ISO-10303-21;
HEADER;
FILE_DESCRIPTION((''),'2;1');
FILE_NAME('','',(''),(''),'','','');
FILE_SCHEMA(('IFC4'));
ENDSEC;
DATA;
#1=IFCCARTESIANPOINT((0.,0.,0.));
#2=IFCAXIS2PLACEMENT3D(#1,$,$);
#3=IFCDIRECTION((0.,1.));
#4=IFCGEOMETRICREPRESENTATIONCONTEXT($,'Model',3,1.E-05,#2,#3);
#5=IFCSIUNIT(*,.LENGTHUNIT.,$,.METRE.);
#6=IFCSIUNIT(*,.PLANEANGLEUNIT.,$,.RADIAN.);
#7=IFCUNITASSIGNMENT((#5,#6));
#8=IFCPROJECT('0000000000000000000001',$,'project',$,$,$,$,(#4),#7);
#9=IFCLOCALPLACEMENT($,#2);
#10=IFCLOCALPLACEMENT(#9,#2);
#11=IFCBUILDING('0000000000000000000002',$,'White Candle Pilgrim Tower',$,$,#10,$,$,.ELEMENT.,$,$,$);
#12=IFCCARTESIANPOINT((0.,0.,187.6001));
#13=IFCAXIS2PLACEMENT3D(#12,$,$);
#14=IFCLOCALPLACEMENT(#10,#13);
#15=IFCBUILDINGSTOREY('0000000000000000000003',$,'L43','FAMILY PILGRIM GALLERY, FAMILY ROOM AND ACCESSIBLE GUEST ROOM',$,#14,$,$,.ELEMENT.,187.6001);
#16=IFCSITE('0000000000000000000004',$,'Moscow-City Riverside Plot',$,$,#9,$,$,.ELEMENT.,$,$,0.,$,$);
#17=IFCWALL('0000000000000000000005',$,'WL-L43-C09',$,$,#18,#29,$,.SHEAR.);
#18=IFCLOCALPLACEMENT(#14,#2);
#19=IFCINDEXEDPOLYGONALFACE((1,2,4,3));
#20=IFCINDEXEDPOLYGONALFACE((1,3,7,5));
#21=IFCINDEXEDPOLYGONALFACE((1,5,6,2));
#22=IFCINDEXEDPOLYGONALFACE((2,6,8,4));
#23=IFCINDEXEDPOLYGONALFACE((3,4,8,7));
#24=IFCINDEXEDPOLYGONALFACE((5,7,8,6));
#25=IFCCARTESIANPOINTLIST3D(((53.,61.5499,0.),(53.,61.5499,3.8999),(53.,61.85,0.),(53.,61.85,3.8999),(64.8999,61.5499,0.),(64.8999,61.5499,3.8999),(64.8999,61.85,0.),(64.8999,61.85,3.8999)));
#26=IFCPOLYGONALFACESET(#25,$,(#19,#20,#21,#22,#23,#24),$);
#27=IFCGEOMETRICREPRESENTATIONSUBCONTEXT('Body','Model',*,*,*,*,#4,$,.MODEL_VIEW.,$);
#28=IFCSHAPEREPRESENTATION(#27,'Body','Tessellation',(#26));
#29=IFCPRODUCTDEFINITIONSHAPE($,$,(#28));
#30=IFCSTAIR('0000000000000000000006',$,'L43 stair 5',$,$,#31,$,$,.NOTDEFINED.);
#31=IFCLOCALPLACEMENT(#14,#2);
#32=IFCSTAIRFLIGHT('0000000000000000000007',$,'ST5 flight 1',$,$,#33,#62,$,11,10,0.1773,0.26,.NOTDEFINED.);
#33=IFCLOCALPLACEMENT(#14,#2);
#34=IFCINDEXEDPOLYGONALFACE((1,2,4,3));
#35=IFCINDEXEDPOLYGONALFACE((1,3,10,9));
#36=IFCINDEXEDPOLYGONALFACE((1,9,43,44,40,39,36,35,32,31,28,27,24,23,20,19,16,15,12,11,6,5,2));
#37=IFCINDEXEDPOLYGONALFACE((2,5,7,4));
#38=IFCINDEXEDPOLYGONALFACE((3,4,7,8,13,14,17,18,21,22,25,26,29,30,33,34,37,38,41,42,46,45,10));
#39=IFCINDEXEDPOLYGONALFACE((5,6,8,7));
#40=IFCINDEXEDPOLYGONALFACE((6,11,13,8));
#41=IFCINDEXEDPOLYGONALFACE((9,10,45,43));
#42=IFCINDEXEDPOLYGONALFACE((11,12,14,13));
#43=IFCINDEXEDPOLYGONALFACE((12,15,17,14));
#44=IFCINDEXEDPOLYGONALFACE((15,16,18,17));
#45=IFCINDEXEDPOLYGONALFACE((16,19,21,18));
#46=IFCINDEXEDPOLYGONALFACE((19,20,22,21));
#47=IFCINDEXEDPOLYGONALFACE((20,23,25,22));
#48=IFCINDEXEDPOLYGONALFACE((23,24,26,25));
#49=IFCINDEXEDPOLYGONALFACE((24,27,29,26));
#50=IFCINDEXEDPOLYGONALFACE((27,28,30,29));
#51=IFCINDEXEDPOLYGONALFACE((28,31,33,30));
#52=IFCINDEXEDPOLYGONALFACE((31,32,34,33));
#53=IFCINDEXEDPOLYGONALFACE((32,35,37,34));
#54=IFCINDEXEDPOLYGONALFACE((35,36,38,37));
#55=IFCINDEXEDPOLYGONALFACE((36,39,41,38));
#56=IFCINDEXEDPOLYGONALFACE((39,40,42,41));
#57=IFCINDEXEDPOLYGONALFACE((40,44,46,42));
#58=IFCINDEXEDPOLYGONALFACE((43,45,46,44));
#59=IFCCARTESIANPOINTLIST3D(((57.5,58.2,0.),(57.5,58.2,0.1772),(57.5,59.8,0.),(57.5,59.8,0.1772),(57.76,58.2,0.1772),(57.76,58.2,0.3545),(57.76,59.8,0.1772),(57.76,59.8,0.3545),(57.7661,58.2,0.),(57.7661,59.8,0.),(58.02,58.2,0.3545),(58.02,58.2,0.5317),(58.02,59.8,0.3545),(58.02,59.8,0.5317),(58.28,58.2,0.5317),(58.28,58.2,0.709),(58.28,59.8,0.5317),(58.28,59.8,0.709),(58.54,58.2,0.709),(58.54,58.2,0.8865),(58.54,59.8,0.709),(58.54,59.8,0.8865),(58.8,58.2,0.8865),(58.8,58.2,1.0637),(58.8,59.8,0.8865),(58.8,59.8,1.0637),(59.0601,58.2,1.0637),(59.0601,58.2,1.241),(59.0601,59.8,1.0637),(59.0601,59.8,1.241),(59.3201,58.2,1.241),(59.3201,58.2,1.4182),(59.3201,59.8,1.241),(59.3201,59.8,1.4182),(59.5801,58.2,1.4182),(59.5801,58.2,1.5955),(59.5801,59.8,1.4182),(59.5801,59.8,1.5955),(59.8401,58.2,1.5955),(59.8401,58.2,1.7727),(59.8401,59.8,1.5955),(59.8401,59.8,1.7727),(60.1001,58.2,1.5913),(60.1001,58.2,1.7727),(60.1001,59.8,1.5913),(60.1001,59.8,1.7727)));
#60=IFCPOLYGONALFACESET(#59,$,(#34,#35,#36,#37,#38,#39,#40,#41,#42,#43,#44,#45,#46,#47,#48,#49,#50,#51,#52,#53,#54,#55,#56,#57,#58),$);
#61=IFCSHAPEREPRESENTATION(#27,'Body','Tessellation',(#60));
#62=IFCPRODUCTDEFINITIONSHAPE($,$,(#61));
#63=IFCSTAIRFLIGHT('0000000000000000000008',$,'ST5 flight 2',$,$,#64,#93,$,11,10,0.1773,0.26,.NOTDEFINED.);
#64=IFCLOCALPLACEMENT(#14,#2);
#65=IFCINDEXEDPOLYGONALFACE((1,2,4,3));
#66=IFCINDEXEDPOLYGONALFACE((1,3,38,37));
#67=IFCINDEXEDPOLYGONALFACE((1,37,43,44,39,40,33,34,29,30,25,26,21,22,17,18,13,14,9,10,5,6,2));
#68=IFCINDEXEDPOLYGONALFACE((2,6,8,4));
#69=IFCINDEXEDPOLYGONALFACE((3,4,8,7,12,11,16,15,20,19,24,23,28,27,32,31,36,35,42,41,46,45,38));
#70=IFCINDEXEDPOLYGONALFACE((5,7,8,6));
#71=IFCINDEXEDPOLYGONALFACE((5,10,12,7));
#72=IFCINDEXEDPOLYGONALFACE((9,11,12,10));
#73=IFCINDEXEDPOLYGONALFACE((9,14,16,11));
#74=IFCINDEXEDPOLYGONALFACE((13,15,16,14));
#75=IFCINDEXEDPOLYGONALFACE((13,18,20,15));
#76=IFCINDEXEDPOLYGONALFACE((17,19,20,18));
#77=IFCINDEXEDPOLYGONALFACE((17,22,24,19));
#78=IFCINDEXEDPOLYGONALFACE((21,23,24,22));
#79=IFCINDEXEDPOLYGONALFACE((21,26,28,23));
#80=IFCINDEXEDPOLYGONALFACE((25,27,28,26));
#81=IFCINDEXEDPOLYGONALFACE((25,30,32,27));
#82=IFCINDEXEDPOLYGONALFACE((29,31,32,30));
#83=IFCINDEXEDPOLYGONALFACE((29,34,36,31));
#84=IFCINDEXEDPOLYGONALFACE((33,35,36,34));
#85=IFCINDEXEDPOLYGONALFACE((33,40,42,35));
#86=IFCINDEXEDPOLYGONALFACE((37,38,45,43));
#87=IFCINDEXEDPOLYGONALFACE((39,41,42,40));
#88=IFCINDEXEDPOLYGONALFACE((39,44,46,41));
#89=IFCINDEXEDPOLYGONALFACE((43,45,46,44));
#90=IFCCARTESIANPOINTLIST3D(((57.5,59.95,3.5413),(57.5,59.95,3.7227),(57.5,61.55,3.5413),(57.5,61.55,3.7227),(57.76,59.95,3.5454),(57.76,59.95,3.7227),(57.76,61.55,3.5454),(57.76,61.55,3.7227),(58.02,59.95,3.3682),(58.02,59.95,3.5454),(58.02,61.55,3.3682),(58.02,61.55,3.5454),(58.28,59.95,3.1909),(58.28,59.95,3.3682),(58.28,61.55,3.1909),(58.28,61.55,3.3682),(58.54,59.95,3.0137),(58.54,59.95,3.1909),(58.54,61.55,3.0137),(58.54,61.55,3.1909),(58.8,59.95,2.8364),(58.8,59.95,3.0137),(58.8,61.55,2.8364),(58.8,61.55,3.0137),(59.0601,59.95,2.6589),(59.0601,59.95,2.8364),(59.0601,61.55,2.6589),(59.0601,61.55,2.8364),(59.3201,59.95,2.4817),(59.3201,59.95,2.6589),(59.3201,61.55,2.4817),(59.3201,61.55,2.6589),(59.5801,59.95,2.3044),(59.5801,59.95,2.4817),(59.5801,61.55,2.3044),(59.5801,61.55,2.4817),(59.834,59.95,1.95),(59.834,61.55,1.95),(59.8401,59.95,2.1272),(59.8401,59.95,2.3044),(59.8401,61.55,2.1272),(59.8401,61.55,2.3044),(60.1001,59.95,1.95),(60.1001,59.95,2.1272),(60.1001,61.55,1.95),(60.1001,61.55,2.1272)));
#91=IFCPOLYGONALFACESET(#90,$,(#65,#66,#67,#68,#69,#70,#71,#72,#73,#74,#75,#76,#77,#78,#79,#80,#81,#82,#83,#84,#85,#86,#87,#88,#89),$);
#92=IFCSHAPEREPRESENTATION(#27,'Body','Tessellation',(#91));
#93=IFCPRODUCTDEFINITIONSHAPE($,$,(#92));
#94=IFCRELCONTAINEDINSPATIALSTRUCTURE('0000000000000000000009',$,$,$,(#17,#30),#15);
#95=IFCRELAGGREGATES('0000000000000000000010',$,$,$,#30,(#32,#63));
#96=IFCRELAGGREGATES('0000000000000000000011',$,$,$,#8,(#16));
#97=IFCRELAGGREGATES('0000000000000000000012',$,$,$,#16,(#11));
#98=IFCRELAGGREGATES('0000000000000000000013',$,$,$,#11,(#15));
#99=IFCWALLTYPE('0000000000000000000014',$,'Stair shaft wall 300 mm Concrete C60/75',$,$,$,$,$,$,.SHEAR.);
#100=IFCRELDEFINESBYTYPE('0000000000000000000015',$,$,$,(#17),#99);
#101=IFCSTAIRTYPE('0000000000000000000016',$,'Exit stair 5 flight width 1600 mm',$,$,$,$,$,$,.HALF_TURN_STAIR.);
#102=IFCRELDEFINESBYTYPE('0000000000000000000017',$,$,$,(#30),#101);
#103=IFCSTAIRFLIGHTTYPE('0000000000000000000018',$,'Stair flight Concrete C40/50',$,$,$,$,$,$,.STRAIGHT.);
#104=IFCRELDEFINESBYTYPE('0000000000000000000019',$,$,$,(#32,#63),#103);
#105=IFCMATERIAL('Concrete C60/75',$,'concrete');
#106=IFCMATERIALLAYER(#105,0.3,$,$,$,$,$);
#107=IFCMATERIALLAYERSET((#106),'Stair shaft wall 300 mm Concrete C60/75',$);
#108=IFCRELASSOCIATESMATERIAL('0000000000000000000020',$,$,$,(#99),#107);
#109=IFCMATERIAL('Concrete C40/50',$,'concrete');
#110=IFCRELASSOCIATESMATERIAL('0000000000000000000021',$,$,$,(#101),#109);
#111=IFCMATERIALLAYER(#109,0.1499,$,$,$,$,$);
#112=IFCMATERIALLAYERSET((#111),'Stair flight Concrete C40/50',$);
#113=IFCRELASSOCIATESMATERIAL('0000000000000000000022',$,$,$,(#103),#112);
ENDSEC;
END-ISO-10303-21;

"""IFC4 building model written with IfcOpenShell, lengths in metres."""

from ifc_helpers import new_model, si_unit, direction, frame, frame_2d, origin, place, context, subcontext, project, spatial, polyline, rectangle, outline, extrude, material, layer, layer_set, type_object, element, aggregate, save


model = new_model("IFC4")

# Units and contexts
model_context = context("Model", 3, precision=1e-05, world=origin(), true_north=direction((0.0, 1.0)))
body_context = subcontext(model_context, "Body", "Model", "MODEL_VIEW")
ifc_project = project(units=[si_unit("LENGTHUNIT", "METRE"), si_unit("PLANEANGLEUNIT", "RADIAN")], contexts=[model_context])

# Site, building, storey
site_placement = place(None, origin())
site = spatial("IfcSite", under=ifc_project, at=site_placement, Name="Moscow-City Riverside Plot", CompositionType="ELEMENT", RefElevation=0.0)
building_placement = place(site_placement, origin())
building = spatial("IfcBuilding", under=site, at=building_placement, Name="White Candle Pilgrim Tower", CompositionType="ELEMENT")
storey_placement = place(building_placement, frame((0.0, 0.0, 187.6001)))
storey = spatial("IfcBuildingStorey", under=building, at=storey_placement, Name="L43", Description="FAMILY PILGRIM GALLERY, FAMILY ROOM AND ACCESSIBLE GUEST ROOM", CompositionType="ELEMENT", Elevation=187.6001)

# Shared definitions
ifc_material_1 = material(Name="Concrete C60/75", Category="concrete")

# Shared definitions
ifc_layer_1 = layer(ifc_material_1, 0.3)
ifc_layer_set_1 = layer_set([ifc_layer_1], Name="Stair shaft wall 300 mm Concrete C60/75")
wall_type_1 = type_object("IfcWallType", Name="Stair shaft wall 300 mm Concrete C60/75", PredefinedType="SHEAR", material=ifc_layer_set_1)

# Wall
wall_1_placement = place(storey_placement, frame((53.0, 61.7, 0.0), z_axis=(0.0, 0.0, 1.0), x_axis=(1.0, 0.0, 0.0)))
element("IfcWall", 1, at=wall_1_placement, inside=storey, type_object=wall_type_1, Name="WL-L43-C09", PredefinedType="SHEAR", context=body_context, shape_type="SweptSolid", body=[
    extrude(rectangle(XDim=11.8999, YDim=0.3, at=frame_2d((5.95, 0.0))), origin(), (0.0, 0.0, 1.0), 3.8999),
])

# Stair, stair flights
ifc_material_2 = material(Name="Concrete C40/50", Category="concrete")
stair_type = type_object("IfcStairType", Name="Exit stair 5 flight width 1600 mm", PredefinedType="HALF_TURN_STAIR", material=ifc_material_2)
stair_placement = place(storey_placement, origin())
stair = element("IfcStair", 2, at=stair_placement, inside=storey, type_object=stair_type, Name="L43 stair 5", PredefinedType="NOTDEFINED")
ifc_layer_2 = layer(ifc_material_2, 0.1499)
ifc_layer_set_2 = layer_set([ifc_layer_2], Name="Stair flight Concrete C40/50")
stair_flight_type = type_object("IfcStairFlightType", Name="Stair flight Concrete C40/50", PredefinedType="STRAIGHT", material=ifc_layer_set_2)
stair_flight_1_placement = place(storey_placement, frame((57.5, 59.0, 0.0), z_axis=(0.0, 0.0, 1.0), x_axis=(1.0, 0.0, 0.0)))
stair_flight_1 = element("IfcStairFlight", 3, at=stair_flight_1_placement, type_object=stair_flight_type, Name="ST5 flight 1", NumberOfRisers=11, NumberOfTreads=10, PredefinedType="NOTDEFINED", RiserHeight=0.1773, TreadLength=0.26, context=body_context, shape_type="SweptSolid", body=[
    extrude(outline(polyline([(0.0, 0.0), (0.0, 0.1772), (0.26, 0.1772), (0.26, 0.3545), (0.52, 0.3545), (0.52, 0.5317), (0.78, 0.5317), (0.78, 0.709), (1.04, 0.709), (1.04, 0.8865), (1.3, 0.8865), (1.3, 1.0637), (1.5601, 1.0637), (1.5601, 1.241), (1.8201, 1.241), (1.8201, 1.4182), (2.0801, 1.4182), (2.0801, 1.5955), (2.3401, 1.5955), (2.3401, 1.7727), (2.6001, 1.7727), (2.6001, 1.95), (2.6001, 1.5913), (0.2661, 0.0), (0.0, 0.0)])), frame((0.0, 0.8, 0.0), z_axis=(0.0, -1.0, 0.0), x_axis=(1.0, 0.0, 0.0)), (0.0, 0.0, 1.0), 1.6001),
])
stair_flight_2_placement = place(storey_placement, frame((60.1001, 60.75, 1.95), z_axis=(0.0, 0.0, 1.0), x_axis=(-1.0, 0.0, 0.0)))
stair_flight_2 = element("IfcStairFlight", 4, at=stair_flight_2_placement, type_object=stair_flight_type, Name="ST5 flight 2", NumberOfRisers=11, NumberOfTreads=10, PredefinedType="NOTDEFINED", RiserHeight=0.1773, TreadLength=0.26, context=body_context, shape_type="SweptSolid", body=[
    extrude(outline(polyline([(0.0, 0.0), (0.0, 0.1772), (0.26, 0.1772), (0.26, 0.3545), (0.52, 0.3545), (0.52, 0.5317), (0.78, 0.5317), (0.78, 0.709), (1.04, 0.709), (1.04, 0.8865), (1.3, 0.8865), (1.3, 1.0637), (1.5601, 1.0637), (1.5601, 1.241), (1.8201, 1.241), (1.8201, 1.4182), (2.0801, 1.4182), (2.0801, 1.5955), (2.3401, 1.5955), (2.3401, 1.7727), (2.6001, 1.7727), (2.6001, 1.95), (2.6001, 1.5913), (0.2661, 0.0), (0.0, 0.0)])), frame((0.0, 0.8, 0.0), z_axis=(0.0, -1.0, 0.0), x_axis=(1.0, 0.0, 0.0)), (0.0, 0.0, 1.0), 1.6001),
])
aggregate(stair, [stair_flight_1, stair_flight_2])

save(model, "model.ifc")
